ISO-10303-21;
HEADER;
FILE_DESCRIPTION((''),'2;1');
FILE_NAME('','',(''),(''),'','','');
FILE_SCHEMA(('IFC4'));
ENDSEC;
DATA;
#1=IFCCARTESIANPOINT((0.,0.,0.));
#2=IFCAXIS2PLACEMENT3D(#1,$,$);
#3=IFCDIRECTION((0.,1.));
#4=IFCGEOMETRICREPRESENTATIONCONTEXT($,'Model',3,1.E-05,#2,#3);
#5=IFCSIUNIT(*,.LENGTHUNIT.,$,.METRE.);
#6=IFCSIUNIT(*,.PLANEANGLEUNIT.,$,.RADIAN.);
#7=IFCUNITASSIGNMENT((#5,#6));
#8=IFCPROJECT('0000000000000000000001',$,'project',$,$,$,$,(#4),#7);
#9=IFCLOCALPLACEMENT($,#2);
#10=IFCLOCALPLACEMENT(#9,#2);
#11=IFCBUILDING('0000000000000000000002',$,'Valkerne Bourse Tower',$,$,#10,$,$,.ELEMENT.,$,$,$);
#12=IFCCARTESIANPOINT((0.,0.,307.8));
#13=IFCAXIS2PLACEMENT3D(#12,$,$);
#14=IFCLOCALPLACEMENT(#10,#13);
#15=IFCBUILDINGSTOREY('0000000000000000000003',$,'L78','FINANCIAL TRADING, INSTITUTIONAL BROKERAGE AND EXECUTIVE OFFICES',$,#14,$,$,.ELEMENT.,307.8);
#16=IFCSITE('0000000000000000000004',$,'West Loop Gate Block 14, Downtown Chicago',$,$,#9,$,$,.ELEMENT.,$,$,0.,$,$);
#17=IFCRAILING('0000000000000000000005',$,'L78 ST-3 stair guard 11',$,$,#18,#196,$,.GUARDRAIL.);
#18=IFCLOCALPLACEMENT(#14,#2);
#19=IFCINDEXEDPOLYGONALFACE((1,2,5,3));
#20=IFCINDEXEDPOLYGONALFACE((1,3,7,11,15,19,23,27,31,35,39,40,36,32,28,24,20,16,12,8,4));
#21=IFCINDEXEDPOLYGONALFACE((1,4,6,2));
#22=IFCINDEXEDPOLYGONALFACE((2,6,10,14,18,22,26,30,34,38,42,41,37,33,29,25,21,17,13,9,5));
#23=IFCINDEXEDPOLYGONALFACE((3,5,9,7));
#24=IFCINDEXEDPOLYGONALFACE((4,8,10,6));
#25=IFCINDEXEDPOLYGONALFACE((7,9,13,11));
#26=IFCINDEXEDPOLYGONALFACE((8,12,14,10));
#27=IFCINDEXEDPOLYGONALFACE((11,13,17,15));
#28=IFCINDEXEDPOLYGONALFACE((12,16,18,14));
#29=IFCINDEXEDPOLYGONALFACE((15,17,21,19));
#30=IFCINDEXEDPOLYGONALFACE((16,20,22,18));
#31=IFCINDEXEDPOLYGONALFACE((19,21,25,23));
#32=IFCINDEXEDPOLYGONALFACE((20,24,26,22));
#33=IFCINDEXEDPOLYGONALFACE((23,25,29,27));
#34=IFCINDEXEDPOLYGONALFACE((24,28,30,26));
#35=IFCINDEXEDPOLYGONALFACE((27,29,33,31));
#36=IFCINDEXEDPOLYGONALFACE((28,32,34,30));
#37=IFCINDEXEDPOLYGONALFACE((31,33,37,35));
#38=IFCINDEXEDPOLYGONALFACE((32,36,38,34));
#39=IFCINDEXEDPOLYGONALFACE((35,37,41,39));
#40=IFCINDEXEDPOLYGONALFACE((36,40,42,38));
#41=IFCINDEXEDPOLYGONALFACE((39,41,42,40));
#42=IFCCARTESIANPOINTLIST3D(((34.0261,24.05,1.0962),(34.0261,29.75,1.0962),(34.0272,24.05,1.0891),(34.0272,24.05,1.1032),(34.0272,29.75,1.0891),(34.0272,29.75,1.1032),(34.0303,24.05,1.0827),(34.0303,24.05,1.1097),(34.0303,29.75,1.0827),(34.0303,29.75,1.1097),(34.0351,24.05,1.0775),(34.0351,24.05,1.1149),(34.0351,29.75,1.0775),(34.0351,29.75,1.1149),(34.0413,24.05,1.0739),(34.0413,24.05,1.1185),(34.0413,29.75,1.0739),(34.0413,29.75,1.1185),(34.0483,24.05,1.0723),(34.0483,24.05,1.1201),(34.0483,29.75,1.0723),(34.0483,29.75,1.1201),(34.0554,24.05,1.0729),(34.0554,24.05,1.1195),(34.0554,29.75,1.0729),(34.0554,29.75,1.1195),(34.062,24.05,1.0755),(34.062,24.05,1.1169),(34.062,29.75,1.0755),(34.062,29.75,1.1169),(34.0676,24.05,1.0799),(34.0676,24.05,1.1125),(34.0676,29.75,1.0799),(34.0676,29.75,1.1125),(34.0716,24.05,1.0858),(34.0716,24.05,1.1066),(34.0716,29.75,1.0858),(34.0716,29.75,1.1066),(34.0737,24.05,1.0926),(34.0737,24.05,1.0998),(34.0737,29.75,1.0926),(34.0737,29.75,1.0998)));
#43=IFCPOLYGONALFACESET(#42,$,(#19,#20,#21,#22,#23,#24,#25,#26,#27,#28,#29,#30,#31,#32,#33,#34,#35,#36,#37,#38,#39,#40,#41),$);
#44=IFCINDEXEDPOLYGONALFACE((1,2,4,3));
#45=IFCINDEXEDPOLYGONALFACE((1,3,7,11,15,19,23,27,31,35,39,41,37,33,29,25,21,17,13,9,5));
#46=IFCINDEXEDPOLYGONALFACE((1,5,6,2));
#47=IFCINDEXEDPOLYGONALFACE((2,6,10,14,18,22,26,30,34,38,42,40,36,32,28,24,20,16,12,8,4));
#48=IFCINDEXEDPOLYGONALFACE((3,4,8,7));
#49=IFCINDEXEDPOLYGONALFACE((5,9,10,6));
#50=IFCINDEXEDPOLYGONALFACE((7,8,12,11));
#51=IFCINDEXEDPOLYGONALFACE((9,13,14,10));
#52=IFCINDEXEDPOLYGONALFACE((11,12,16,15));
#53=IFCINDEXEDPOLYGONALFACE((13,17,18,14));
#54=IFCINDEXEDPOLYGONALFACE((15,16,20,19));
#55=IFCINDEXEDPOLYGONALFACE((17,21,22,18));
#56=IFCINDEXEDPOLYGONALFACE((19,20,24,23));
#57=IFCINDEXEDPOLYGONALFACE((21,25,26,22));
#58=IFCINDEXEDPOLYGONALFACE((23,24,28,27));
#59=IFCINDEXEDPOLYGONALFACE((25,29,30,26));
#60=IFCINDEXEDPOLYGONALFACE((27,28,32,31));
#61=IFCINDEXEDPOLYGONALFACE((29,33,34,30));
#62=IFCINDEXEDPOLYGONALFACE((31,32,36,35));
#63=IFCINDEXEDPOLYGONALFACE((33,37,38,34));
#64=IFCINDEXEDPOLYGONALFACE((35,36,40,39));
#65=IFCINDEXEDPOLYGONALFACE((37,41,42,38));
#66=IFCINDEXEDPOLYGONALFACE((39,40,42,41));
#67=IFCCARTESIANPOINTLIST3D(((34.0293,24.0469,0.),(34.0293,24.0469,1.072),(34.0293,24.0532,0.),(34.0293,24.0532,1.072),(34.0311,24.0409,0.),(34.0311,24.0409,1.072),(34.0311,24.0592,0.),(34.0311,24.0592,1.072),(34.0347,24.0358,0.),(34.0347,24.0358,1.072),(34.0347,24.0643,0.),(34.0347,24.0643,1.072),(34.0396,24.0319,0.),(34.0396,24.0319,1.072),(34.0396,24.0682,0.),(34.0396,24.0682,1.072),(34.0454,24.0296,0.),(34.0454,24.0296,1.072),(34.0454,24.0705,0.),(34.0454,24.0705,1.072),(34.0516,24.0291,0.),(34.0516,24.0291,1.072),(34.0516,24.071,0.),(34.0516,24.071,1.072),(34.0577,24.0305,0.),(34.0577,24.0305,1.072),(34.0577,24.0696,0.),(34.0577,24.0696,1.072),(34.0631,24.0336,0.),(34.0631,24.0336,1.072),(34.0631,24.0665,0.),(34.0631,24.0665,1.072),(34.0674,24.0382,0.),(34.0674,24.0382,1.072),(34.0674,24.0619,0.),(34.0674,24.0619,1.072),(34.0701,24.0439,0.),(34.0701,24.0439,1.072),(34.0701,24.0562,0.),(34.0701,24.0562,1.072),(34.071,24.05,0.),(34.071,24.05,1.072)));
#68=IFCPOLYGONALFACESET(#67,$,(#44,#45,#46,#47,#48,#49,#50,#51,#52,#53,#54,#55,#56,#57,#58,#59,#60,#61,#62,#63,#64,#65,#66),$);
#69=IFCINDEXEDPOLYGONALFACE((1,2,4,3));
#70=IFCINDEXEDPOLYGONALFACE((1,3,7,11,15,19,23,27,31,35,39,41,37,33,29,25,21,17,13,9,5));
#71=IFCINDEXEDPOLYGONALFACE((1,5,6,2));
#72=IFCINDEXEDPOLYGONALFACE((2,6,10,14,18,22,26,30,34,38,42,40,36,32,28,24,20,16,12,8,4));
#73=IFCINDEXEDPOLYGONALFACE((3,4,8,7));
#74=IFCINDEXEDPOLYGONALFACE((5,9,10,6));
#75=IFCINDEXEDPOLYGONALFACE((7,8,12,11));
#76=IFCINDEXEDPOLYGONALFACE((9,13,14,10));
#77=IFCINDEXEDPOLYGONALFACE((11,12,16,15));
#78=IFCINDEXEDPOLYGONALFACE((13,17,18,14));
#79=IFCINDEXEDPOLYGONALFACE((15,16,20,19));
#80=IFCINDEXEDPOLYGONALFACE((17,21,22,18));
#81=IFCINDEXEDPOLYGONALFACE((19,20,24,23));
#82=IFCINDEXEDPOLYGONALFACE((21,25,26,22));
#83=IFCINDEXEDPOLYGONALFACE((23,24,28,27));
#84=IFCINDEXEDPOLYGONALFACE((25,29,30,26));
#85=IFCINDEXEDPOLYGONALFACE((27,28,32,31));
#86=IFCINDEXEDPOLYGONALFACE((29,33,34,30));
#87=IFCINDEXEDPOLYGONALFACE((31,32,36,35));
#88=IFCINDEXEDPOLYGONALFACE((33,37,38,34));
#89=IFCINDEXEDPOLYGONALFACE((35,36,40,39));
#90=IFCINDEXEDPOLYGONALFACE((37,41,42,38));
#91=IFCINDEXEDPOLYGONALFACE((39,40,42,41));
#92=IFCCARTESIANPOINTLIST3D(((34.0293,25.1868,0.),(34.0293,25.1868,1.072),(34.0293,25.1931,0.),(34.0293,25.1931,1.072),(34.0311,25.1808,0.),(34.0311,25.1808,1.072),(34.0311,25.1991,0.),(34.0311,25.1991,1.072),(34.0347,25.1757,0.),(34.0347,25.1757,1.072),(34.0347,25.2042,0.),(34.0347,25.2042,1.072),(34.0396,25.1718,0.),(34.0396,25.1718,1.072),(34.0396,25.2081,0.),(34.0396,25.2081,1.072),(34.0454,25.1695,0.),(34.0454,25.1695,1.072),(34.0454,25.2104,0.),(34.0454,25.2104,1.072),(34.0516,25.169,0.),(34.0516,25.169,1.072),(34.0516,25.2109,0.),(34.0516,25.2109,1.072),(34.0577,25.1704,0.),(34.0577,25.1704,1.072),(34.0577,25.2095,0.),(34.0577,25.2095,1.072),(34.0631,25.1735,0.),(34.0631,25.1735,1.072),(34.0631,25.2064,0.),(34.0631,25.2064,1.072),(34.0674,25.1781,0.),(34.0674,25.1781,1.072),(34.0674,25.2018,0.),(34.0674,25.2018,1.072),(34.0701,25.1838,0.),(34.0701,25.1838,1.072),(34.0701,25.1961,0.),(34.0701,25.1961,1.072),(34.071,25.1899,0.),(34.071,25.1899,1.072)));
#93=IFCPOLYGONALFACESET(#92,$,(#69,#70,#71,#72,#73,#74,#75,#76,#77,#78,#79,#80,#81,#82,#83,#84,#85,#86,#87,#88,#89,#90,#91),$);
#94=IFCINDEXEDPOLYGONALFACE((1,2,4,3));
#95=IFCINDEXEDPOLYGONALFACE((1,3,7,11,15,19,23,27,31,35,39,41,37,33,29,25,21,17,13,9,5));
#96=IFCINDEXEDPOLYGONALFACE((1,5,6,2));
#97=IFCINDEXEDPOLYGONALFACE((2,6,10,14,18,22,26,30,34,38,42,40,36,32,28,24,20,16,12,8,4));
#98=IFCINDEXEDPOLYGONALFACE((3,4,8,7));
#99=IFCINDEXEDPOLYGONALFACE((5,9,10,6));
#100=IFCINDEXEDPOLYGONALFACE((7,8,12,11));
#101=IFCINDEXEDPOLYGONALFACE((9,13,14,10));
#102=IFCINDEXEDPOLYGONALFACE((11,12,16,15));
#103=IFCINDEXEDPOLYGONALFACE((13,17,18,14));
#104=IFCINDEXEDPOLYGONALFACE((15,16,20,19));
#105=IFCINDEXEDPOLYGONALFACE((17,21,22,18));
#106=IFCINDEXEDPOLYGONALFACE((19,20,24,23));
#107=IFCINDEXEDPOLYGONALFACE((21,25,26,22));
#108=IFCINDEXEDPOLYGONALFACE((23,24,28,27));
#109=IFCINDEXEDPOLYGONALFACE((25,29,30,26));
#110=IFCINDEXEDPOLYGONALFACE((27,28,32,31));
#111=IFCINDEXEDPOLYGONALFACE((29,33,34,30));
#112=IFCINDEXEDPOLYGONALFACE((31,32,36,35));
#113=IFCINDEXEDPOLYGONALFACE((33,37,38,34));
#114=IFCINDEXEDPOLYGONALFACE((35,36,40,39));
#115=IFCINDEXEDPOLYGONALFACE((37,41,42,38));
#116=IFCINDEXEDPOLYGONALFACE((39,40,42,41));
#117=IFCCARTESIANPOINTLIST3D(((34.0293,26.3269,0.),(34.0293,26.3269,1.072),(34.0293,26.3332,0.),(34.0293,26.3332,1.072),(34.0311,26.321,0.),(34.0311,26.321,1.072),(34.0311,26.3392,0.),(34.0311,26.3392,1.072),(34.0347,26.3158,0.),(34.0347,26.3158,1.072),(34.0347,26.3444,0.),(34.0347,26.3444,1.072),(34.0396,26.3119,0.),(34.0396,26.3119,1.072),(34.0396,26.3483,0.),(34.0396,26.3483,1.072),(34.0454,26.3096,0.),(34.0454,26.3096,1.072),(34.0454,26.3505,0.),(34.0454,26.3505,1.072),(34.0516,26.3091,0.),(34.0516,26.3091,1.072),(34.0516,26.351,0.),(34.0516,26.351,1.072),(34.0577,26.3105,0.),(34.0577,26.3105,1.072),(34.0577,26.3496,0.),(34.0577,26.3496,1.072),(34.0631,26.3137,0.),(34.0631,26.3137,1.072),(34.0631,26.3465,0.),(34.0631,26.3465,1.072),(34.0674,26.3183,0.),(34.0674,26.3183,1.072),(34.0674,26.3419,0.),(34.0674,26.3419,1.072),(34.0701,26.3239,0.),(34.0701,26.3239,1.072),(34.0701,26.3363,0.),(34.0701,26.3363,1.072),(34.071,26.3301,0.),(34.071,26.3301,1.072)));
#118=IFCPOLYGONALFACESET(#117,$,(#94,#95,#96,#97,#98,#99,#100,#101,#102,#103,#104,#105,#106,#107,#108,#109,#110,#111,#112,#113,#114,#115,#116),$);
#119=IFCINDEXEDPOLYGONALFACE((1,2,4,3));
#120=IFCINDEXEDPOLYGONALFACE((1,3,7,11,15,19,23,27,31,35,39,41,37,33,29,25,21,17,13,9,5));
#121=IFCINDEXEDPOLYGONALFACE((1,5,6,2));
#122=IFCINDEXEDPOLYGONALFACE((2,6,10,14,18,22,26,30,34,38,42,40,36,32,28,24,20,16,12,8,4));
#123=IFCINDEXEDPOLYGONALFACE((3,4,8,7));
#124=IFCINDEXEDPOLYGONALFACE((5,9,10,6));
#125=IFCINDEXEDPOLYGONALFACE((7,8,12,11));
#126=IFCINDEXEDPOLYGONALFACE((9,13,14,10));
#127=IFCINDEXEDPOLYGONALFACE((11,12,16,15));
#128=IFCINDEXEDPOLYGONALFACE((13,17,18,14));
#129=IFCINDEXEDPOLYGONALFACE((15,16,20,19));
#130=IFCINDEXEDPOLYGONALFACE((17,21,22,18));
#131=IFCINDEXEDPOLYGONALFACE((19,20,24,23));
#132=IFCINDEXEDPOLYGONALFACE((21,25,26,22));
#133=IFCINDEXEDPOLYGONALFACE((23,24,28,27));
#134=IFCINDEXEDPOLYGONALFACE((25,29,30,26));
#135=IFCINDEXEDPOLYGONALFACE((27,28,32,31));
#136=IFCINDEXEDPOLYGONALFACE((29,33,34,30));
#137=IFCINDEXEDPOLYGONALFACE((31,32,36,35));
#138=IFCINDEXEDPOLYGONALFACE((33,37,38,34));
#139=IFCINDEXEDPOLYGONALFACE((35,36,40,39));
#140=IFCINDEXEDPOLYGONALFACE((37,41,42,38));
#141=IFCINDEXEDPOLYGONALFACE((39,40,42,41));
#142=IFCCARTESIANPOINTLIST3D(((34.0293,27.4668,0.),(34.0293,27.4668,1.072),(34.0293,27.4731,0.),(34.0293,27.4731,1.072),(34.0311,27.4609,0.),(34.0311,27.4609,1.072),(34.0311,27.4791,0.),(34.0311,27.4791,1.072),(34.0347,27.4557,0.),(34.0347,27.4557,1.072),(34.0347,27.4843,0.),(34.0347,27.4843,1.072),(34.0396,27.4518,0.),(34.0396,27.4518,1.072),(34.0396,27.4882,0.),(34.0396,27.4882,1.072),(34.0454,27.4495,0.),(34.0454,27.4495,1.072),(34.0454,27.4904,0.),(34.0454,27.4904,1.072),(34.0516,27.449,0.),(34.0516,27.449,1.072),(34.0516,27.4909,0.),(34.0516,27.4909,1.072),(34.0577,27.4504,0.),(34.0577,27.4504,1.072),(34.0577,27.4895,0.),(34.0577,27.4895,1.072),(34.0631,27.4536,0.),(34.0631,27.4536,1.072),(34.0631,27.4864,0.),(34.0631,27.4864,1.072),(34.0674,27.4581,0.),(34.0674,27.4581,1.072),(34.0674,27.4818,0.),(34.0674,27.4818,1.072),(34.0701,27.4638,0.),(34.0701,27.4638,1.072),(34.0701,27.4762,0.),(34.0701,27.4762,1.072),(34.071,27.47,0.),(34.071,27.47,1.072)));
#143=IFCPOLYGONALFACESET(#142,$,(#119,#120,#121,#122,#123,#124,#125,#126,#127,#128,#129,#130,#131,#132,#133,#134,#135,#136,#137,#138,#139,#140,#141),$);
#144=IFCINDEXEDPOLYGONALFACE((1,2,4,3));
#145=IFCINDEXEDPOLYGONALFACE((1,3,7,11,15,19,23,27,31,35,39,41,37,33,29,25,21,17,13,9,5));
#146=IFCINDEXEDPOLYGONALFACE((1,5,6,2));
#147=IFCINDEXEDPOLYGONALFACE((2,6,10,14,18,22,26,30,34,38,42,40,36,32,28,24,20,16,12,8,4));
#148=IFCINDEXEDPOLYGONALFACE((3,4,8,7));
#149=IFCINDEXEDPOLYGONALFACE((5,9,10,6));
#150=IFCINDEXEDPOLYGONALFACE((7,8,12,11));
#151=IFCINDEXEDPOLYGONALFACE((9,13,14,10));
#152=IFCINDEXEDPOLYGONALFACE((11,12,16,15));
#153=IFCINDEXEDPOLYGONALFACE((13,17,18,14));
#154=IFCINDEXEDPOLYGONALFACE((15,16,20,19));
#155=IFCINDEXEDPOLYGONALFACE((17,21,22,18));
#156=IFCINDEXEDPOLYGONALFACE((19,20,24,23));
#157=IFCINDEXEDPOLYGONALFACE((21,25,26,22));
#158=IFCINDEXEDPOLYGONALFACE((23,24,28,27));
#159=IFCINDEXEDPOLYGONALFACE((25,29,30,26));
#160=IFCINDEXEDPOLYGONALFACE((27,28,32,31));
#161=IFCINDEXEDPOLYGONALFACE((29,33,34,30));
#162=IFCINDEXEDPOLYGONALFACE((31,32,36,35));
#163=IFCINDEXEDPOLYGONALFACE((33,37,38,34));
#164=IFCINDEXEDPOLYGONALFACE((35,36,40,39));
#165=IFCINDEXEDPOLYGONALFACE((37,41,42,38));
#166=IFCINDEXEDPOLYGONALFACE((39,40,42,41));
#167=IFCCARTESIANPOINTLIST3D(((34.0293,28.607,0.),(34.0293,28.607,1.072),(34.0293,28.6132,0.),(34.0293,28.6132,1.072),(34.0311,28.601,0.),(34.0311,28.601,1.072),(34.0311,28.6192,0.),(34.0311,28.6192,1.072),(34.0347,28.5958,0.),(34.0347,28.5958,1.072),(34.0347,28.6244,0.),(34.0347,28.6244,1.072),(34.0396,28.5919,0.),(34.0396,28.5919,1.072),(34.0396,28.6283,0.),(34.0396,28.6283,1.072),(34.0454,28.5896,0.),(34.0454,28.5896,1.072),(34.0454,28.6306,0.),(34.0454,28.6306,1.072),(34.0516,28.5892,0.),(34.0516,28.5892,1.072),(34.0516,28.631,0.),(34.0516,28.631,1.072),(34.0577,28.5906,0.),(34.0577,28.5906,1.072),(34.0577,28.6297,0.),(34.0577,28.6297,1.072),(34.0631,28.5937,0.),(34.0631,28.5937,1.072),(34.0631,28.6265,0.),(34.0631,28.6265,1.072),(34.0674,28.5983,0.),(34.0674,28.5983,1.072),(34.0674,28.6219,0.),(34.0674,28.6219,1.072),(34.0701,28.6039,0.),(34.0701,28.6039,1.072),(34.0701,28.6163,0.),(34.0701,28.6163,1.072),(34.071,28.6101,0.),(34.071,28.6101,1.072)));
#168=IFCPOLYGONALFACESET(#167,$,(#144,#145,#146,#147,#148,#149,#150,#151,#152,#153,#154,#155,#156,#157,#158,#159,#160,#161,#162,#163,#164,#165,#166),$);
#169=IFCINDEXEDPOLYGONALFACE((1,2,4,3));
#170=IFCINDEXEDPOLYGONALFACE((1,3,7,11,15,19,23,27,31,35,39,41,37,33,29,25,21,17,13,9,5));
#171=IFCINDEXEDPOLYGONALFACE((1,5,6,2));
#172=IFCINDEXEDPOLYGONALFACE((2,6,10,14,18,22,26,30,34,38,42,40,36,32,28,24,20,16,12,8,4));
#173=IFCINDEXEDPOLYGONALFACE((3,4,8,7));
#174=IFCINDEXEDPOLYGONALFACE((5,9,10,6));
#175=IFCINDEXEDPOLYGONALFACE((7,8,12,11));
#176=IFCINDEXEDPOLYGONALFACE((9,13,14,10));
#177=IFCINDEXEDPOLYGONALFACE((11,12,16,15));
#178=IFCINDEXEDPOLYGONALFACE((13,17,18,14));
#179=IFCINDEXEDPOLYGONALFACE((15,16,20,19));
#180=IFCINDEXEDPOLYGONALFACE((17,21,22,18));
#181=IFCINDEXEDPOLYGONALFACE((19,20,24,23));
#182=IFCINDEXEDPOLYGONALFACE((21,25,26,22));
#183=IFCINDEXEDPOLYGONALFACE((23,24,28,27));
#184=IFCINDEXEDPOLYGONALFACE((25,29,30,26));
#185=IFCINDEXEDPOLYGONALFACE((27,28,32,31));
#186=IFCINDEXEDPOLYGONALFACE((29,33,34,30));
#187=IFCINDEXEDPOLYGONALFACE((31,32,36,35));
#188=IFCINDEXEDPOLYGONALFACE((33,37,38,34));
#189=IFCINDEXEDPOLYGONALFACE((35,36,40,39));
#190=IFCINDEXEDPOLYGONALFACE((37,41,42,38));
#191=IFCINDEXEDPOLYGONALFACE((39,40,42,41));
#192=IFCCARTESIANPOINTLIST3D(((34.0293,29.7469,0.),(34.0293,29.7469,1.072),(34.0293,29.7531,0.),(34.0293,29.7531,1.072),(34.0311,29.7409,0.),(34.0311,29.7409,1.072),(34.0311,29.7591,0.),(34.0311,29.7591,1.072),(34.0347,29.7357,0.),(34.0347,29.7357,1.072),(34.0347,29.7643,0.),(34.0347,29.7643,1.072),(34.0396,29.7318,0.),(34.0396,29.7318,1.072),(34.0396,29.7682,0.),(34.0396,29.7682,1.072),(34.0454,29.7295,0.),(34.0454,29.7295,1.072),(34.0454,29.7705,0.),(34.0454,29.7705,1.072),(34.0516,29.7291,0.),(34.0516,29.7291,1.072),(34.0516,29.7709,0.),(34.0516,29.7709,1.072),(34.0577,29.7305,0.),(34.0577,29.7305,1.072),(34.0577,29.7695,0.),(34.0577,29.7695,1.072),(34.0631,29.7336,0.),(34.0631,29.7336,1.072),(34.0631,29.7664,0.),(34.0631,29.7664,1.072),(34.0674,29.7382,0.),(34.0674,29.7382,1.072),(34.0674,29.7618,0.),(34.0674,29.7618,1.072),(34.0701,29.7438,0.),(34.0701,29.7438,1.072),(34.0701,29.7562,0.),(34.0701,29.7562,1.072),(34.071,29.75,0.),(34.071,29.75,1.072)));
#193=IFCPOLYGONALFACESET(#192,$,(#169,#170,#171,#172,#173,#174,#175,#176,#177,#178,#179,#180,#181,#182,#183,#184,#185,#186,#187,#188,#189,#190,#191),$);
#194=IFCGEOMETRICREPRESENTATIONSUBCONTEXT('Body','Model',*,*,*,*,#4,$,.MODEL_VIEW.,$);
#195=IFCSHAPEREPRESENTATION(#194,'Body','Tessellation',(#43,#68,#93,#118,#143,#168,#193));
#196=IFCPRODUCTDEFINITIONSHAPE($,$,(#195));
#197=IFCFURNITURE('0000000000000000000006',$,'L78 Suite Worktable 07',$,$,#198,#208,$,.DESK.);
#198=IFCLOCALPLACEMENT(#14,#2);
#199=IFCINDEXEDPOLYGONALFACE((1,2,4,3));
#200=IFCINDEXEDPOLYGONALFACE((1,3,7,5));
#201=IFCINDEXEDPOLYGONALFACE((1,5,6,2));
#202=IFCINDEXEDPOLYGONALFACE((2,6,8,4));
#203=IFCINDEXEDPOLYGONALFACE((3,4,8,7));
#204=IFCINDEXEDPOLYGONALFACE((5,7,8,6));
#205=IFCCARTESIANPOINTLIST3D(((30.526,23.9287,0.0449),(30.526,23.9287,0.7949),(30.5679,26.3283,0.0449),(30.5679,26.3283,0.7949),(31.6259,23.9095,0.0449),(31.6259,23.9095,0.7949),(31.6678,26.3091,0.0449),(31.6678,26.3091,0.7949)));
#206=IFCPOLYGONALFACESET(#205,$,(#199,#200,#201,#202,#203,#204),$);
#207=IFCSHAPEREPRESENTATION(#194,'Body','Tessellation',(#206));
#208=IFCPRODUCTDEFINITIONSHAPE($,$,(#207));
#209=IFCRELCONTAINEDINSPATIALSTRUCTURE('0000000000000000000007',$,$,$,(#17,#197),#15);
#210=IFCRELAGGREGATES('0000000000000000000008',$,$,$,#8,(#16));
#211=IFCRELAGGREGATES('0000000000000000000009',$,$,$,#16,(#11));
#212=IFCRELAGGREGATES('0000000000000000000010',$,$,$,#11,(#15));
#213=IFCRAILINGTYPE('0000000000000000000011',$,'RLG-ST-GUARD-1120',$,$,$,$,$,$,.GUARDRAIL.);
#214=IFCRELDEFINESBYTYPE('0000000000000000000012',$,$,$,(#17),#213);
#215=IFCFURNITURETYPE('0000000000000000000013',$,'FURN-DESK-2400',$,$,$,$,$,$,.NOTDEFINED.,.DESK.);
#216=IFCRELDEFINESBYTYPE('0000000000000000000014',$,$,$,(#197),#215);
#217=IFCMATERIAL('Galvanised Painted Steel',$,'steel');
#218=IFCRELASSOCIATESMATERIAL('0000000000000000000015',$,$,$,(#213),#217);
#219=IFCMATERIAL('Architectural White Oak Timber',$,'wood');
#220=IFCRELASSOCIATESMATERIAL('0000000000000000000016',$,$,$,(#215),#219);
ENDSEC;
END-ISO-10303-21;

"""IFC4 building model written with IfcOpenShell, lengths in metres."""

from ifc_helpers import new_model, si_unit, direction, frame, origin, origin_2d, place, context, subcontext, project, spatial, rectangle, circle, extrude, material, type_object, element, save


model = new_model("IFC4")

# Units and contexts
model_context = context("Model", 3, precision=1e-05, world=origin(), true_north=direction((0.0, 1.0)))
body_context = subcontext(model_context, "Body", "Model", "MODEL_VIEW")
ifc_project = project(units=[si_unit("LENGTHUNIT", "METRE"), si_unit("PLANEANGLEUNIT", "RADIAN")], contexts=[model_context])

# Site, building, storey
site_placement = place(None, origin())
site = spatial("IfcSite", under=ifc_project, at=site_placement, Name="West Loop Gate Block 14, Downtown Chicago", CompositionType="ELEMENT", RefElevation=0.0)
building_placement = place(site_placement, origin())
building = spatial("IfcBuilding", under=site, at=building_placement, Name="Valkerne Bourse Tower", CompositionType="ELEMENT")
storey_placement = place(building_placement, frame((0.0, 0.0, 307.8)))
storey = spatial("IfcBuildingStorey", under=building, at=storey_placement, Name="L78", Description="FINANCIAL TRADING, INSTITUTIONAL BROKERAGE AND EXECUTIVE OFFICES", CompositionType="ELEMENT", Elevation=307.8)

# Shared definitions
ifc_material_1 = material(Name="Galvanised Painted Steel", Category="steel")

# Railing
railing_type = type_object("IfcRailingType", Name="RLG-ST-GUARD-1120", PredefinedType="GUARDRAIL", material=ifc_material_1)
railing_1_placement = place(storey_placement, frame((34.05, 24.05, 0.0)))
element("IfcRailing", 1, at=railing_1_placement, inside=storey, type_object=railing_type, Name="L78 ST-3 stair guard 11", PredefinedType="GUARDRAIL", context=body_context, shape_type="SweptSolid", body=[
    extrude(circle(Radius=0.0239, at=origin_2d()), frame((0.0, 0.0, 1.0962), z_axis=(0.0, 1.0, 0.0), x_axis=(-1.0, 0.0, 0.0)), (0.0, 0.0, 1.0), 5.7),
    extrude(circle(Radius=0.021, at=origin_2d()), origin(), (0.0, 0.0, 1.0), 1.072),
    extrude(circle(Radius=0.021, at=origin_2d()), frame((0.0, 1.1399, 0.0)), (0.0, 0.0, 1.0), 1.072),
    extrude(circle(Radius=0.021, at=origin_2d()), frame((0.0, 2.28, 0.0)), (0.0, 0.0, 1.0), 1.072),
    extrude(circle(Radius=0.021, at=origin_2d()), frame((0.0, 3.4199, 0.0)), (0.0, 0.0, 1.0), 1.072),
    extrude(circle(Radius=0.021, at=origin_2d()), frame((0.0, 4.5601, 0.0)), (0.0, 0.0, 1.0), 1.072),
    extrude(circle(Radius=0.021, at=origin_2d()), frame((0.0, 5.7, 0.0)), (0.0, 0.0, 1.0), 1.072),
])

# Furniture
ifc_material_2 = material(Name="Architectural White Oak Timber", Category="wood")
furniture_type = type_object("IfcFurnitureType", Name="FURN-DESK-2400", AssemblyPlace="NOTDEFINED", PredefinedType="DESK", material=ifc_material_2)
furniture_placement = place(storey_placement, frame((31.0969, 25.1189, 0.0449), z_axis=(0.0, 0.0, 1.0), x_axis=(0.017452, 0.999848, 0.0)))
element("IfcFurniture", 2, at=furniture_placement, inside=storey, type_object=furniture_type, Name="L78 Suite Worktable 07", PredefinedType="DESK", context=body_context, shape_type="SweptSolid", body=[
    extrude(rectangle(XDim=2.3999, YDim=1.1001, at=origin_2d()), origin(), (0.0, 0.0, 1.0), 0.75),
])

save(model, "model.ifc")
